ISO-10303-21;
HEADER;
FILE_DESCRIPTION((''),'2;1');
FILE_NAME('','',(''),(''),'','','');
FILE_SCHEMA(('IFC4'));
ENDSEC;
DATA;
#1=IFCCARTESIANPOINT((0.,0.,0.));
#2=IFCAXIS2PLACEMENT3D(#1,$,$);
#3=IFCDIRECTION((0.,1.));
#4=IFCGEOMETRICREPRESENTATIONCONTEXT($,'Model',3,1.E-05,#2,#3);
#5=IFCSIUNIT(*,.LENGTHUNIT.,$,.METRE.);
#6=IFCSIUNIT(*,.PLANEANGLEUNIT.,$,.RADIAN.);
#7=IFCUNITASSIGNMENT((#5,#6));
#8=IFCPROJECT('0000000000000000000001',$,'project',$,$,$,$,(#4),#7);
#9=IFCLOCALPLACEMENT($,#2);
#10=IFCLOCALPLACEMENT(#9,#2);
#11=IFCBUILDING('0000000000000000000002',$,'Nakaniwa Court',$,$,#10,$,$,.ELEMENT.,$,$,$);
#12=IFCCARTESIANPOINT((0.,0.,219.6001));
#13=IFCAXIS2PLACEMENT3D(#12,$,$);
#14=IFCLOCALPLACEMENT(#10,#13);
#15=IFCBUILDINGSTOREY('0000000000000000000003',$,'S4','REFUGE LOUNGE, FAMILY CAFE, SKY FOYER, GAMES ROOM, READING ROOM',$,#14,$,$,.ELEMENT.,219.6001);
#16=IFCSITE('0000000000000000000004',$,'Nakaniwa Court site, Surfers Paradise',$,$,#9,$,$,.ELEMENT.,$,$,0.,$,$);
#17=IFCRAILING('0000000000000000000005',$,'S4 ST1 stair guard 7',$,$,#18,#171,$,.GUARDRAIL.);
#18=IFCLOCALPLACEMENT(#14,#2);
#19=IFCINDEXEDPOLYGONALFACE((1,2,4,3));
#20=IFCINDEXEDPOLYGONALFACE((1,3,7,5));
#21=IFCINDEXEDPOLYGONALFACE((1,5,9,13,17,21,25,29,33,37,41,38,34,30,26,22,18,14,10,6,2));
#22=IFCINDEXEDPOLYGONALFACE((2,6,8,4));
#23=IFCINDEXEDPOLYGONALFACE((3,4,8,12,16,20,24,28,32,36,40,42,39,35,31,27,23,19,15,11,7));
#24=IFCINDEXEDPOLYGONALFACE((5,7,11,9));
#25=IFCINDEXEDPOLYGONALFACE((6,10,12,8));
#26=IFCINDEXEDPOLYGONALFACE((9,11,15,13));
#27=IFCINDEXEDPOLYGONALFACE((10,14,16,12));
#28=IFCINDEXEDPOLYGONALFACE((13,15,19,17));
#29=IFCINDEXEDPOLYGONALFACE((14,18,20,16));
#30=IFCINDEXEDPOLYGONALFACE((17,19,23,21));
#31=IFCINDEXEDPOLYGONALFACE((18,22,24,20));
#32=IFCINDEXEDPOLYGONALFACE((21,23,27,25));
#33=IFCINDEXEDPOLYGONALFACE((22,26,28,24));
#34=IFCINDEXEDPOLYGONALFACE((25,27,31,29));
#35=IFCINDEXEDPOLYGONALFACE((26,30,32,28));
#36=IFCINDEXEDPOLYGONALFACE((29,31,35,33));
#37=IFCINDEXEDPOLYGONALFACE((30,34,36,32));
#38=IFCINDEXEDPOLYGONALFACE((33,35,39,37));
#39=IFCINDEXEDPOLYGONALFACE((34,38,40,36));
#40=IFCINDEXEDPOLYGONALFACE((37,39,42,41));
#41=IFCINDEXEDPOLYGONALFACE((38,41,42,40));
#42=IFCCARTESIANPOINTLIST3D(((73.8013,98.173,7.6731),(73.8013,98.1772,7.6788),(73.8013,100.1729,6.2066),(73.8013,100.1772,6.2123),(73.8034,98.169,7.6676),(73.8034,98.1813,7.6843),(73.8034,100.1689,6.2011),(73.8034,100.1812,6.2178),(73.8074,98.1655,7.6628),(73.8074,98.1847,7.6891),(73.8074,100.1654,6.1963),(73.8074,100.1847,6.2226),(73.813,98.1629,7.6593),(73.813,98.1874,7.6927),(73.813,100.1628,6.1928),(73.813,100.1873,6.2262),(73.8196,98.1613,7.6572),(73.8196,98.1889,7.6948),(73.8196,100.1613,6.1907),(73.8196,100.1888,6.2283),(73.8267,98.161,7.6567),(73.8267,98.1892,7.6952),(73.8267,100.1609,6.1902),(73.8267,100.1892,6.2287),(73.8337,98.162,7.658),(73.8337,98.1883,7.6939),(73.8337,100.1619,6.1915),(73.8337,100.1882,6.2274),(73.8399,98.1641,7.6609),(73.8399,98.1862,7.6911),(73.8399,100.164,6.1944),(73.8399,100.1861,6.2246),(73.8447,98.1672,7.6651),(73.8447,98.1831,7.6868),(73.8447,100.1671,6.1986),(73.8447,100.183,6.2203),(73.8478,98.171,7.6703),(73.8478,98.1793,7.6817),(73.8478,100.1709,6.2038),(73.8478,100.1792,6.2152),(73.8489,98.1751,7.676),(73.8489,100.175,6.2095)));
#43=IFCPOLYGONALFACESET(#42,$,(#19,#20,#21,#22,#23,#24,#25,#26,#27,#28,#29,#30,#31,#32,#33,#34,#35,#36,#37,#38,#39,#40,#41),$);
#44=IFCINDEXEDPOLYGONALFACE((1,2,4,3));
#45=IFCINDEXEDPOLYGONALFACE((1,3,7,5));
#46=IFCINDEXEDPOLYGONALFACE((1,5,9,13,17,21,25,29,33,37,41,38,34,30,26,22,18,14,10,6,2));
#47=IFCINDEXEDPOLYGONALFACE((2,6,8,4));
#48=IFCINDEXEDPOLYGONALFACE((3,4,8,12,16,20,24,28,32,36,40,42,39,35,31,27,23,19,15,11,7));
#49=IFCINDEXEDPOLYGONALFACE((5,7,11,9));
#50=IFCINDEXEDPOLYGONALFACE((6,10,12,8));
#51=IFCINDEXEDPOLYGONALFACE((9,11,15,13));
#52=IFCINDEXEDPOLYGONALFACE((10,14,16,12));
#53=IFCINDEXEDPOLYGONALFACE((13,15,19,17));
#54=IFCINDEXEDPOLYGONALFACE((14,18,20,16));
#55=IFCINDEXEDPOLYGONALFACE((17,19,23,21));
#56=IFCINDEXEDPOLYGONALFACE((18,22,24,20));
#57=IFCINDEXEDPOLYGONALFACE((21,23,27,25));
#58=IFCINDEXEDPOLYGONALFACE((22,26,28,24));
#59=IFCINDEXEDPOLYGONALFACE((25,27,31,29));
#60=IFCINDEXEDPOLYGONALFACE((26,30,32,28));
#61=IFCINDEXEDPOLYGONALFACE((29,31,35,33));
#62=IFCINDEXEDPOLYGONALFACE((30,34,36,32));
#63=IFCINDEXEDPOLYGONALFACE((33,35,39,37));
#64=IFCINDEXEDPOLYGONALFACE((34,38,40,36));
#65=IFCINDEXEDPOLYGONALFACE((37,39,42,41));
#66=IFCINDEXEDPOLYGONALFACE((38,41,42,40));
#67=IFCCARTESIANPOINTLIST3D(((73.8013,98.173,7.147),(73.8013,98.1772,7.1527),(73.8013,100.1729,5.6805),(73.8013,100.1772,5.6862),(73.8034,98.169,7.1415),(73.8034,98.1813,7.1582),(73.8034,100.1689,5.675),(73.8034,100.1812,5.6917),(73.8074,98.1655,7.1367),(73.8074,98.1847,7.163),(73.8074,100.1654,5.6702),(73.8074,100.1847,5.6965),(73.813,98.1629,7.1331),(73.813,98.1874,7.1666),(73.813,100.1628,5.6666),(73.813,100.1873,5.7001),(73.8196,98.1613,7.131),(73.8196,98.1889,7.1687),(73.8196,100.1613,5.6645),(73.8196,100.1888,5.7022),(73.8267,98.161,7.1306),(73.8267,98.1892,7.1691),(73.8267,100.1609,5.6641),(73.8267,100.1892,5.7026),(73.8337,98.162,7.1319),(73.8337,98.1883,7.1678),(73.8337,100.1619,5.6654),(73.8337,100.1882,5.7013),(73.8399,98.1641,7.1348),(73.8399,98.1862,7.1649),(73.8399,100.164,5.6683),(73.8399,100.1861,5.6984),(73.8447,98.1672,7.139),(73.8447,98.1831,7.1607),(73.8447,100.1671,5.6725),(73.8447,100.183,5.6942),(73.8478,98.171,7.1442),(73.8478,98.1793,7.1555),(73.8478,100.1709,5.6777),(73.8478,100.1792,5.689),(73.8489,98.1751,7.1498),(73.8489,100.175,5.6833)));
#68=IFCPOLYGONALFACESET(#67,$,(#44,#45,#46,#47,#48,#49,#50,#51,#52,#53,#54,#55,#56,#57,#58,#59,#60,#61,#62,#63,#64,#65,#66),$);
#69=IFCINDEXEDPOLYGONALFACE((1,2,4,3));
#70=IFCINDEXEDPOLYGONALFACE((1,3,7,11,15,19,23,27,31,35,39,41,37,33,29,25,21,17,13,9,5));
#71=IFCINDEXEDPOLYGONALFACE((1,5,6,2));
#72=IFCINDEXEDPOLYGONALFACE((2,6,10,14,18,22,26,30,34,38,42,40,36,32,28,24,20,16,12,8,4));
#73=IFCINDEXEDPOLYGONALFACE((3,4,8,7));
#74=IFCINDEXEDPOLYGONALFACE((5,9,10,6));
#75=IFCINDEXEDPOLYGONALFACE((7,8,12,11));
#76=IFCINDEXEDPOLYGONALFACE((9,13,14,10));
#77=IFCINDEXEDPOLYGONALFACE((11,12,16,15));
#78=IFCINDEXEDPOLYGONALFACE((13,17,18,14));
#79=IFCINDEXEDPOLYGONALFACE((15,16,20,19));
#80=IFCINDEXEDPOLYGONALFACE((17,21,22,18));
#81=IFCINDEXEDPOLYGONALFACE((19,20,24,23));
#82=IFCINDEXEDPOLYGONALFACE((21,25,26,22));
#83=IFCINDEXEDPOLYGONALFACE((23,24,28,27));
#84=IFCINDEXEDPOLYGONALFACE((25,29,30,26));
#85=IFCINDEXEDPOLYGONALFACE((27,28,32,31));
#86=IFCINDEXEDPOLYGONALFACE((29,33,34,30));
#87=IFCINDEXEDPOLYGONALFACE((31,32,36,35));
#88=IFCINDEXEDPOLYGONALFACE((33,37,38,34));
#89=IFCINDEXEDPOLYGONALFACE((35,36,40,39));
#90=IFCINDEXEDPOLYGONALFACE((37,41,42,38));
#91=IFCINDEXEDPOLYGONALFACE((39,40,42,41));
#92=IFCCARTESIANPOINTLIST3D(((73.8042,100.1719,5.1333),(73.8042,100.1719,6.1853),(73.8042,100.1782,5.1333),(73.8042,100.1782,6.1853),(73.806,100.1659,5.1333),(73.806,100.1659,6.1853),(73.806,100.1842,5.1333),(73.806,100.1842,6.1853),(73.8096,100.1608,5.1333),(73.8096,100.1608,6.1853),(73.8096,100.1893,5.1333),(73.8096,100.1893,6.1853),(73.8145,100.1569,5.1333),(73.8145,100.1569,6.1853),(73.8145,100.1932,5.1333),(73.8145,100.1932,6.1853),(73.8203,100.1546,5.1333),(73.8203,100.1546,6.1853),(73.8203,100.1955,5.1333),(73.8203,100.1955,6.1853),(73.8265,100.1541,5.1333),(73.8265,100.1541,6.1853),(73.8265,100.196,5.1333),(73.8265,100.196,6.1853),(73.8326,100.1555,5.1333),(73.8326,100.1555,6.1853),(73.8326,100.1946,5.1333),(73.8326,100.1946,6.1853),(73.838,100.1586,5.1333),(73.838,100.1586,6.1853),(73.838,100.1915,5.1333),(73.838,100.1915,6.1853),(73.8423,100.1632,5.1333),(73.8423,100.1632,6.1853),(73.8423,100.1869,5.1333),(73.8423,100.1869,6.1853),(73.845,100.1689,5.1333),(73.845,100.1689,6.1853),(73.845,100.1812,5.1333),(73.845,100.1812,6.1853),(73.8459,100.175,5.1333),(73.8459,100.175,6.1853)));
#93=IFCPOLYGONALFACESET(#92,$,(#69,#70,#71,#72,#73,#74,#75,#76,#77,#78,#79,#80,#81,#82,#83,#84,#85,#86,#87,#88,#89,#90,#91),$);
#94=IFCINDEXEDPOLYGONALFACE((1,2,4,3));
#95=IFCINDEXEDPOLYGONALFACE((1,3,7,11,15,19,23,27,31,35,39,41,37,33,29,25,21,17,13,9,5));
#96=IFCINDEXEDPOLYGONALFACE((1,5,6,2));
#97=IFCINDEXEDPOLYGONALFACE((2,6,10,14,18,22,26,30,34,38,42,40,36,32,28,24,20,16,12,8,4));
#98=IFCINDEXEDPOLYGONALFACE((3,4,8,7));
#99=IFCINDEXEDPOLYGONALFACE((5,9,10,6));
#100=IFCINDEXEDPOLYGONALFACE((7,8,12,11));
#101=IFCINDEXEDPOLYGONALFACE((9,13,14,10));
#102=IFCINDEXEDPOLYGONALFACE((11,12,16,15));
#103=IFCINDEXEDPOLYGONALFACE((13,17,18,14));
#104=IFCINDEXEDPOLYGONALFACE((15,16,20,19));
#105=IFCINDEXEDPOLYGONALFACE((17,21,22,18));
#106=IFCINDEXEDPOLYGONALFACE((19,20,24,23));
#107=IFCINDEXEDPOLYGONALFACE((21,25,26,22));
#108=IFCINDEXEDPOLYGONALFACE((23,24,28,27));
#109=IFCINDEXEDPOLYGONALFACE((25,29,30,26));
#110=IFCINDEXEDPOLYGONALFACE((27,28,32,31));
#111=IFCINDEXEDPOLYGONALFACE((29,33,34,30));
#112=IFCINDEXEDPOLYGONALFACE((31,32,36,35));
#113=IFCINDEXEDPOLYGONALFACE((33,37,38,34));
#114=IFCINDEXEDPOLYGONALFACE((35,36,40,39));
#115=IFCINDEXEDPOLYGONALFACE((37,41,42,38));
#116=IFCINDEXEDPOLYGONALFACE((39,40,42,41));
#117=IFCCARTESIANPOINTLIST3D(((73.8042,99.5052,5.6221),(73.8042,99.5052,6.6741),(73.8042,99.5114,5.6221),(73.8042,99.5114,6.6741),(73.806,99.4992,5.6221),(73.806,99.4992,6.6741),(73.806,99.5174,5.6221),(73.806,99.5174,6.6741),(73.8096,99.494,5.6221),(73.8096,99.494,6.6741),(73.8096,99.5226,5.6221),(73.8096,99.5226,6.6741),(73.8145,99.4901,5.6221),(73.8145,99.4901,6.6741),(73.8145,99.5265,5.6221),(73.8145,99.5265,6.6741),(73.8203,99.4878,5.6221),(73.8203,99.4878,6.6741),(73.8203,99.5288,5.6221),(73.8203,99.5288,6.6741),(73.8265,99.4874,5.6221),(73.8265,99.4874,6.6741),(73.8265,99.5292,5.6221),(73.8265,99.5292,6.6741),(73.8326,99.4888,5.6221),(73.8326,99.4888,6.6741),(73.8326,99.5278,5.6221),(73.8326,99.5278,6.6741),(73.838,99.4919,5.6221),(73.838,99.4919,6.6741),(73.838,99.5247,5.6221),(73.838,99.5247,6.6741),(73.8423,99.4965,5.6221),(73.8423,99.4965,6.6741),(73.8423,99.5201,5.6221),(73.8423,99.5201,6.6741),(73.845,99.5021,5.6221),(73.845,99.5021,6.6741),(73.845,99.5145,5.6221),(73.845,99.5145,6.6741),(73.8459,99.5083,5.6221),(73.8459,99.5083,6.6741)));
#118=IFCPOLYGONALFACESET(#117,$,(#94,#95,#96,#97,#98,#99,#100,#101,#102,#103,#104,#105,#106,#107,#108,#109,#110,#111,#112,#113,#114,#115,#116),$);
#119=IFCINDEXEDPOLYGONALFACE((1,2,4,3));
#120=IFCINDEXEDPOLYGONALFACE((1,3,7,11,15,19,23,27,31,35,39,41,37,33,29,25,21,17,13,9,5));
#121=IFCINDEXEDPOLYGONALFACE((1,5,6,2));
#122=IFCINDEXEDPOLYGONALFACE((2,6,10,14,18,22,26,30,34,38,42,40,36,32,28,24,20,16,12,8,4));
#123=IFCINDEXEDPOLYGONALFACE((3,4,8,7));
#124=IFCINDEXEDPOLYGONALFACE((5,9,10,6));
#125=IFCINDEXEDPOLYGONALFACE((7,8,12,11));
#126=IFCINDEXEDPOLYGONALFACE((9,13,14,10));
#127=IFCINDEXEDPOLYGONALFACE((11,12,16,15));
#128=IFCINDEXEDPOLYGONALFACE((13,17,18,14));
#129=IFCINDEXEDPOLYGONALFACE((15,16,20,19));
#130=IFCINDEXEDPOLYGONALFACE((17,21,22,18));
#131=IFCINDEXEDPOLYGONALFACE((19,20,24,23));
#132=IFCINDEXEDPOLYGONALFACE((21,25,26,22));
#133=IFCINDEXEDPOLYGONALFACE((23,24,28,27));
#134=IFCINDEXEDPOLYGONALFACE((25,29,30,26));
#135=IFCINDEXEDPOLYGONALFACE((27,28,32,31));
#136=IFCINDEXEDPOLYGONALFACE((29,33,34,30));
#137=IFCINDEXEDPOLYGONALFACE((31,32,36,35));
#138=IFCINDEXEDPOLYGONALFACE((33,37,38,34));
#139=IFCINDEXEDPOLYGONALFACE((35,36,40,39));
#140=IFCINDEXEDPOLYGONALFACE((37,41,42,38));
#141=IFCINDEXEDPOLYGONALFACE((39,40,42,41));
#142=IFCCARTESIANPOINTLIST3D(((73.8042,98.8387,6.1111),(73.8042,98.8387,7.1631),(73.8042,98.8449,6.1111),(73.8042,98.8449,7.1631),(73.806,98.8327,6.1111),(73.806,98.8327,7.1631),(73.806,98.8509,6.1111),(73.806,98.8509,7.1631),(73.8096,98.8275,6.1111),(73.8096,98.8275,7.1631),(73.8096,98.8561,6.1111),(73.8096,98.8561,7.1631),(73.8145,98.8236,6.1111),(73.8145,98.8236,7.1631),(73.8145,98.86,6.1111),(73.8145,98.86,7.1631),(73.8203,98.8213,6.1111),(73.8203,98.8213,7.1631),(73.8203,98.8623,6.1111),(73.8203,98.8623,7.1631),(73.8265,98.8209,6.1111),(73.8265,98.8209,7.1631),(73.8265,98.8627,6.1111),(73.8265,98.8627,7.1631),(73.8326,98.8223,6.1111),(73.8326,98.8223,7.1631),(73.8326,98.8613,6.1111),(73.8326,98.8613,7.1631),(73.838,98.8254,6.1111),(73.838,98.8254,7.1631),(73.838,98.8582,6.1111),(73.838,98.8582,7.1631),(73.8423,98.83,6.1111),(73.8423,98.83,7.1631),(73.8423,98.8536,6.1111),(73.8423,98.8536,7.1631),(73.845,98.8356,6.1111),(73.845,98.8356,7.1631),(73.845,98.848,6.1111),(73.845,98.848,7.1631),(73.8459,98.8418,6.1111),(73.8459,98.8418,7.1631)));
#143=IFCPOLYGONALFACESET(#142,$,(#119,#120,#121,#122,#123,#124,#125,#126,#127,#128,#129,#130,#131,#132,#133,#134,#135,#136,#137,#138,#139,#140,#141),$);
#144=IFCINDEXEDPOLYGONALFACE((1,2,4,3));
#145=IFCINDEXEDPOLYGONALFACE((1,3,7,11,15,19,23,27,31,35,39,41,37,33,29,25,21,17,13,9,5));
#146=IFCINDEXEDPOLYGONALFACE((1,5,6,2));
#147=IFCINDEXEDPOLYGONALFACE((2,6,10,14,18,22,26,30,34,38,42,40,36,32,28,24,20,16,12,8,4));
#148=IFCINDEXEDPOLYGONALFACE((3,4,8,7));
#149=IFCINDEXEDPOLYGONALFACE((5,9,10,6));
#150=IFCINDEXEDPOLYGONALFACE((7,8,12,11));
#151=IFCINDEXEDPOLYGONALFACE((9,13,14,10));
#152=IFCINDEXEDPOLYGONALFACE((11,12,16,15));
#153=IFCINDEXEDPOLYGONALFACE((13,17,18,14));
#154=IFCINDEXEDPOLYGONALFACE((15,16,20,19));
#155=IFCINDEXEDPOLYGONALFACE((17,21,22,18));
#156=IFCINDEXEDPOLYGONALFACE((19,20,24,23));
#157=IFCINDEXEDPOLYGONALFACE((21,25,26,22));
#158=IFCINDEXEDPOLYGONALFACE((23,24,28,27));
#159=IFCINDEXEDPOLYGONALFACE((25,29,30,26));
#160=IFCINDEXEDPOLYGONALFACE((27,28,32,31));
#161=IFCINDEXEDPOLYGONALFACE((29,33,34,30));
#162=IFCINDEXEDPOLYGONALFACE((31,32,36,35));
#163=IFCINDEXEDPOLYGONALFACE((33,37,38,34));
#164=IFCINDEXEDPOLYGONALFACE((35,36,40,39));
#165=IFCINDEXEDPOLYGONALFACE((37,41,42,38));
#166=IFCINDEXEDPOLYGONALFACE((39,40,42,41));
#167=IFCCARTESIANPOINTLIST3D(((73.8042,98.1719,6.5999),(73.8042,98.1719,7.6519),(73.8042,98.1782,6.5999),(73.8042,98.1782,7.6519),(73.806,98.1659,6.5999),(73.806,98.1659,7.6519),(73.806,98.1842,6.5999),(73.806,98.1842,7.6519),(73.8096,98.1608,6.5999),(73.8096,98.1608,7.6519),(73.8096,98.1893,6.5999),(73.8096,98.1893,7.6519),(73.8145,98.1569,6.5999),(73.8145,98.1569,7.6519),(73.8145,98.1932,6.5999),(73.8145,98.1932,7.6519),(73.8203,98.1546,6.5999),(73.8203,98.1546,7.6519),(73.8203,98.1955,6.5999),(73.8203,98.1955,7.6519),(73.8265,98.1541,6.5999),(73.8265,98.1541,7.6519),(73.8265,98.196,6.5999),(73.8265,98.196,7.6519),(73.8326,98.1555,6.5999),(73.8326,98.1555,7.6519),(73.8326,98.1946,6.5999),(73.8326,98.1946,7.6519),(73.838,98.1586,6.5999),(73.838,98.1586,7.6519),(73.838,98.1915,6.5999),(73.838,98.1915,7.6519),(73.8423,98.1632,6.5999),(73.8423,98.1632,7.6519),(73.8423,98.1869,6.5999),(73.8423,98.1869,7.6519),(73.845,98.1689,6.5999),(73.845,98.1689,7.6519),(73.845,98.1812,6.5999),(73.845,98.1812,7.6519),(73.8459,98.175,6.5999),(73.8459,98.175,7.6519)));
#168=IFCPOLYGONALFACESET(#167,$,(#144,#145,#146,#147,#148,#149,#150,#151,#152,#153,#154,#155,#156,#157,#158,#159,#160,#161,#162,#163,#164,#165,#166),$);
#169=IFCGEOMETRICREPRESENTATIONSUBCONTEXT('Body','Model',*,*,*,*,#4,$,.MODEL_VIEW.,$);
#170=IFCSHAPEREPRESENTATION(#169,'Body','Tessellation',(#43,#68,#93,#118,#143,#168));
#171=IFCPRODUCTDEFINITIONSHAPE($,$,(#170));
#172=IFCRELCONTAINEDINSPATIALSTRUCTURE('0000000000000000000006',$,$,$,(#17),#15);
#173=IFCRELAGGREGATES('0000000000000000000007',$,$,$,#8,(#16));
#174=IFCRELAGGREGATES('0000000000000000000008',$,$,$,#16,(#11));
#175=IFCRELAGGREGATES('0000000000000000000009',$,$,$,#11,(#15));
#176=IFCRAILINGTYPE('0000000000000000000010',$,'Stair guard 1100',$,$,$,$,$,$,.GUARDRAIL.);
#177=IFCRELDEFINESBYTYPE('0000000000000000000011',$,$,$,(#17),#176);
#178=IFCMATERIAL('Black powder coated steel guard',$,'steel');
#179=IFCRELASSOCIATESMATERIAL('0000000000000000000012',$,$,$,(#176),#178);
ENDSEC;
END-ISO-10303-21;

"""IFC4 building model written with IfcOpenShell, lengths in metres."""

from ifc_helpers import new_model, si_unit, direction, frame, origin, origin_2d, place, context, subcontext, project, spatial, circle, extrude, material, type_object, element, save


model = new_model("IFC4")

# Units and contexts
model_context = context("Model", 3, precision=1e-05, world=origin(), true_north=direction((0.0, 1.0)))
body_context = subcontext(model_context, "Body", "Model", "MODEL_VIEW")
ifc_project = project(units=[si_unit("LENGTHUNIT", "METRE"), si_unit("PLANEANGLEUNIT", "RADIAN")], contexts=[model_context])

# Site, building, storey
site_placement = place(None, origin())
site = spatial("IfcSite", under=ifc_project, at=site_placement, Name="Nakaniwa Court site, Surfers Paradise", CompositionType="ELEMENT", RefElevation=0.0)
building_placement = place(site_placement, origin())
building = spatial("IfcBuilding", under=site, at=building_placement, Name="Nakaniwa Court", CompositionType="ELEMENT")
storey_placement = place(building_placement, frame((0.0, 0.0, 219.6001)))
storey = spatial("IfcBuildingStorey", under=building, at=storey_placement, Name="S4", Description="REFUGE LOUNGE, FAMILY CAFE, SKY FOYER, GAMES ROOM, READING ROOM", CompositionType="ELEMENT", Elevation=219.6001)

# Railing
ifc_material_1 = material(Name="Black powder coated steel guard", Category="steel")
railing_type_1 = type_object("IfcRailingType", Name="Stair guard 1100", PredefinedType="GUARDRAIL", material=ifc_material_1)
railing_1_placement = place(storey_placement, frame((73.825, 100.175, 5.1333)))
element("IfcRailing", 1, at=railing_1_placement, inside=storey, type_object=railing_type_1, Name="S4 ST1 stair guard 7", PredefinedType="GUARDRAIL", context=body_context, shape_type="SweptSolid", body=[
    extrude(circle(Radius=0.0239, at=origin_2d()), frame((0.0, 0.0, 1.0762), z_axis=(0.0, -0.806427, 0.591334), x_axis=(1.0, 0.0, 0.0)), (0.0, 0.0, 1.0), 2.48),
    extrude(circle(Radius=0.0239, at=origin_2d()), frame((0.0, 0.0, 0.55), z_axis=(0.0, -0.806427, 0.591334), x_axis=(1.0, 0.0, 0.0)), (0.0, 0.0, 1.0), 2.48),
    extrude(circle(Radius=0.021, at=origin_2d()), origin(), (0.0, 0.0, 1.0), 1.052),
    extrude(circle(Radius=0.021, at=origin_2d()), frame((0.0, -0.6667, 0.4888)), (0.0, 0.0, 1.0), 1.052),
    extrude(circle(Radius=0.021, at=origin_2d()), frame((0.0, -1.3333, 0.9778)), (0.0, 0.0, 1.0), 1.052),
    extrude(circle(Radius=0.021, at=origin_2d()), frame((0.0, -2.0, 1.4666)), (0.0, 0.0, 1.0), 1.052),
])

save(model, "model.ifc")
